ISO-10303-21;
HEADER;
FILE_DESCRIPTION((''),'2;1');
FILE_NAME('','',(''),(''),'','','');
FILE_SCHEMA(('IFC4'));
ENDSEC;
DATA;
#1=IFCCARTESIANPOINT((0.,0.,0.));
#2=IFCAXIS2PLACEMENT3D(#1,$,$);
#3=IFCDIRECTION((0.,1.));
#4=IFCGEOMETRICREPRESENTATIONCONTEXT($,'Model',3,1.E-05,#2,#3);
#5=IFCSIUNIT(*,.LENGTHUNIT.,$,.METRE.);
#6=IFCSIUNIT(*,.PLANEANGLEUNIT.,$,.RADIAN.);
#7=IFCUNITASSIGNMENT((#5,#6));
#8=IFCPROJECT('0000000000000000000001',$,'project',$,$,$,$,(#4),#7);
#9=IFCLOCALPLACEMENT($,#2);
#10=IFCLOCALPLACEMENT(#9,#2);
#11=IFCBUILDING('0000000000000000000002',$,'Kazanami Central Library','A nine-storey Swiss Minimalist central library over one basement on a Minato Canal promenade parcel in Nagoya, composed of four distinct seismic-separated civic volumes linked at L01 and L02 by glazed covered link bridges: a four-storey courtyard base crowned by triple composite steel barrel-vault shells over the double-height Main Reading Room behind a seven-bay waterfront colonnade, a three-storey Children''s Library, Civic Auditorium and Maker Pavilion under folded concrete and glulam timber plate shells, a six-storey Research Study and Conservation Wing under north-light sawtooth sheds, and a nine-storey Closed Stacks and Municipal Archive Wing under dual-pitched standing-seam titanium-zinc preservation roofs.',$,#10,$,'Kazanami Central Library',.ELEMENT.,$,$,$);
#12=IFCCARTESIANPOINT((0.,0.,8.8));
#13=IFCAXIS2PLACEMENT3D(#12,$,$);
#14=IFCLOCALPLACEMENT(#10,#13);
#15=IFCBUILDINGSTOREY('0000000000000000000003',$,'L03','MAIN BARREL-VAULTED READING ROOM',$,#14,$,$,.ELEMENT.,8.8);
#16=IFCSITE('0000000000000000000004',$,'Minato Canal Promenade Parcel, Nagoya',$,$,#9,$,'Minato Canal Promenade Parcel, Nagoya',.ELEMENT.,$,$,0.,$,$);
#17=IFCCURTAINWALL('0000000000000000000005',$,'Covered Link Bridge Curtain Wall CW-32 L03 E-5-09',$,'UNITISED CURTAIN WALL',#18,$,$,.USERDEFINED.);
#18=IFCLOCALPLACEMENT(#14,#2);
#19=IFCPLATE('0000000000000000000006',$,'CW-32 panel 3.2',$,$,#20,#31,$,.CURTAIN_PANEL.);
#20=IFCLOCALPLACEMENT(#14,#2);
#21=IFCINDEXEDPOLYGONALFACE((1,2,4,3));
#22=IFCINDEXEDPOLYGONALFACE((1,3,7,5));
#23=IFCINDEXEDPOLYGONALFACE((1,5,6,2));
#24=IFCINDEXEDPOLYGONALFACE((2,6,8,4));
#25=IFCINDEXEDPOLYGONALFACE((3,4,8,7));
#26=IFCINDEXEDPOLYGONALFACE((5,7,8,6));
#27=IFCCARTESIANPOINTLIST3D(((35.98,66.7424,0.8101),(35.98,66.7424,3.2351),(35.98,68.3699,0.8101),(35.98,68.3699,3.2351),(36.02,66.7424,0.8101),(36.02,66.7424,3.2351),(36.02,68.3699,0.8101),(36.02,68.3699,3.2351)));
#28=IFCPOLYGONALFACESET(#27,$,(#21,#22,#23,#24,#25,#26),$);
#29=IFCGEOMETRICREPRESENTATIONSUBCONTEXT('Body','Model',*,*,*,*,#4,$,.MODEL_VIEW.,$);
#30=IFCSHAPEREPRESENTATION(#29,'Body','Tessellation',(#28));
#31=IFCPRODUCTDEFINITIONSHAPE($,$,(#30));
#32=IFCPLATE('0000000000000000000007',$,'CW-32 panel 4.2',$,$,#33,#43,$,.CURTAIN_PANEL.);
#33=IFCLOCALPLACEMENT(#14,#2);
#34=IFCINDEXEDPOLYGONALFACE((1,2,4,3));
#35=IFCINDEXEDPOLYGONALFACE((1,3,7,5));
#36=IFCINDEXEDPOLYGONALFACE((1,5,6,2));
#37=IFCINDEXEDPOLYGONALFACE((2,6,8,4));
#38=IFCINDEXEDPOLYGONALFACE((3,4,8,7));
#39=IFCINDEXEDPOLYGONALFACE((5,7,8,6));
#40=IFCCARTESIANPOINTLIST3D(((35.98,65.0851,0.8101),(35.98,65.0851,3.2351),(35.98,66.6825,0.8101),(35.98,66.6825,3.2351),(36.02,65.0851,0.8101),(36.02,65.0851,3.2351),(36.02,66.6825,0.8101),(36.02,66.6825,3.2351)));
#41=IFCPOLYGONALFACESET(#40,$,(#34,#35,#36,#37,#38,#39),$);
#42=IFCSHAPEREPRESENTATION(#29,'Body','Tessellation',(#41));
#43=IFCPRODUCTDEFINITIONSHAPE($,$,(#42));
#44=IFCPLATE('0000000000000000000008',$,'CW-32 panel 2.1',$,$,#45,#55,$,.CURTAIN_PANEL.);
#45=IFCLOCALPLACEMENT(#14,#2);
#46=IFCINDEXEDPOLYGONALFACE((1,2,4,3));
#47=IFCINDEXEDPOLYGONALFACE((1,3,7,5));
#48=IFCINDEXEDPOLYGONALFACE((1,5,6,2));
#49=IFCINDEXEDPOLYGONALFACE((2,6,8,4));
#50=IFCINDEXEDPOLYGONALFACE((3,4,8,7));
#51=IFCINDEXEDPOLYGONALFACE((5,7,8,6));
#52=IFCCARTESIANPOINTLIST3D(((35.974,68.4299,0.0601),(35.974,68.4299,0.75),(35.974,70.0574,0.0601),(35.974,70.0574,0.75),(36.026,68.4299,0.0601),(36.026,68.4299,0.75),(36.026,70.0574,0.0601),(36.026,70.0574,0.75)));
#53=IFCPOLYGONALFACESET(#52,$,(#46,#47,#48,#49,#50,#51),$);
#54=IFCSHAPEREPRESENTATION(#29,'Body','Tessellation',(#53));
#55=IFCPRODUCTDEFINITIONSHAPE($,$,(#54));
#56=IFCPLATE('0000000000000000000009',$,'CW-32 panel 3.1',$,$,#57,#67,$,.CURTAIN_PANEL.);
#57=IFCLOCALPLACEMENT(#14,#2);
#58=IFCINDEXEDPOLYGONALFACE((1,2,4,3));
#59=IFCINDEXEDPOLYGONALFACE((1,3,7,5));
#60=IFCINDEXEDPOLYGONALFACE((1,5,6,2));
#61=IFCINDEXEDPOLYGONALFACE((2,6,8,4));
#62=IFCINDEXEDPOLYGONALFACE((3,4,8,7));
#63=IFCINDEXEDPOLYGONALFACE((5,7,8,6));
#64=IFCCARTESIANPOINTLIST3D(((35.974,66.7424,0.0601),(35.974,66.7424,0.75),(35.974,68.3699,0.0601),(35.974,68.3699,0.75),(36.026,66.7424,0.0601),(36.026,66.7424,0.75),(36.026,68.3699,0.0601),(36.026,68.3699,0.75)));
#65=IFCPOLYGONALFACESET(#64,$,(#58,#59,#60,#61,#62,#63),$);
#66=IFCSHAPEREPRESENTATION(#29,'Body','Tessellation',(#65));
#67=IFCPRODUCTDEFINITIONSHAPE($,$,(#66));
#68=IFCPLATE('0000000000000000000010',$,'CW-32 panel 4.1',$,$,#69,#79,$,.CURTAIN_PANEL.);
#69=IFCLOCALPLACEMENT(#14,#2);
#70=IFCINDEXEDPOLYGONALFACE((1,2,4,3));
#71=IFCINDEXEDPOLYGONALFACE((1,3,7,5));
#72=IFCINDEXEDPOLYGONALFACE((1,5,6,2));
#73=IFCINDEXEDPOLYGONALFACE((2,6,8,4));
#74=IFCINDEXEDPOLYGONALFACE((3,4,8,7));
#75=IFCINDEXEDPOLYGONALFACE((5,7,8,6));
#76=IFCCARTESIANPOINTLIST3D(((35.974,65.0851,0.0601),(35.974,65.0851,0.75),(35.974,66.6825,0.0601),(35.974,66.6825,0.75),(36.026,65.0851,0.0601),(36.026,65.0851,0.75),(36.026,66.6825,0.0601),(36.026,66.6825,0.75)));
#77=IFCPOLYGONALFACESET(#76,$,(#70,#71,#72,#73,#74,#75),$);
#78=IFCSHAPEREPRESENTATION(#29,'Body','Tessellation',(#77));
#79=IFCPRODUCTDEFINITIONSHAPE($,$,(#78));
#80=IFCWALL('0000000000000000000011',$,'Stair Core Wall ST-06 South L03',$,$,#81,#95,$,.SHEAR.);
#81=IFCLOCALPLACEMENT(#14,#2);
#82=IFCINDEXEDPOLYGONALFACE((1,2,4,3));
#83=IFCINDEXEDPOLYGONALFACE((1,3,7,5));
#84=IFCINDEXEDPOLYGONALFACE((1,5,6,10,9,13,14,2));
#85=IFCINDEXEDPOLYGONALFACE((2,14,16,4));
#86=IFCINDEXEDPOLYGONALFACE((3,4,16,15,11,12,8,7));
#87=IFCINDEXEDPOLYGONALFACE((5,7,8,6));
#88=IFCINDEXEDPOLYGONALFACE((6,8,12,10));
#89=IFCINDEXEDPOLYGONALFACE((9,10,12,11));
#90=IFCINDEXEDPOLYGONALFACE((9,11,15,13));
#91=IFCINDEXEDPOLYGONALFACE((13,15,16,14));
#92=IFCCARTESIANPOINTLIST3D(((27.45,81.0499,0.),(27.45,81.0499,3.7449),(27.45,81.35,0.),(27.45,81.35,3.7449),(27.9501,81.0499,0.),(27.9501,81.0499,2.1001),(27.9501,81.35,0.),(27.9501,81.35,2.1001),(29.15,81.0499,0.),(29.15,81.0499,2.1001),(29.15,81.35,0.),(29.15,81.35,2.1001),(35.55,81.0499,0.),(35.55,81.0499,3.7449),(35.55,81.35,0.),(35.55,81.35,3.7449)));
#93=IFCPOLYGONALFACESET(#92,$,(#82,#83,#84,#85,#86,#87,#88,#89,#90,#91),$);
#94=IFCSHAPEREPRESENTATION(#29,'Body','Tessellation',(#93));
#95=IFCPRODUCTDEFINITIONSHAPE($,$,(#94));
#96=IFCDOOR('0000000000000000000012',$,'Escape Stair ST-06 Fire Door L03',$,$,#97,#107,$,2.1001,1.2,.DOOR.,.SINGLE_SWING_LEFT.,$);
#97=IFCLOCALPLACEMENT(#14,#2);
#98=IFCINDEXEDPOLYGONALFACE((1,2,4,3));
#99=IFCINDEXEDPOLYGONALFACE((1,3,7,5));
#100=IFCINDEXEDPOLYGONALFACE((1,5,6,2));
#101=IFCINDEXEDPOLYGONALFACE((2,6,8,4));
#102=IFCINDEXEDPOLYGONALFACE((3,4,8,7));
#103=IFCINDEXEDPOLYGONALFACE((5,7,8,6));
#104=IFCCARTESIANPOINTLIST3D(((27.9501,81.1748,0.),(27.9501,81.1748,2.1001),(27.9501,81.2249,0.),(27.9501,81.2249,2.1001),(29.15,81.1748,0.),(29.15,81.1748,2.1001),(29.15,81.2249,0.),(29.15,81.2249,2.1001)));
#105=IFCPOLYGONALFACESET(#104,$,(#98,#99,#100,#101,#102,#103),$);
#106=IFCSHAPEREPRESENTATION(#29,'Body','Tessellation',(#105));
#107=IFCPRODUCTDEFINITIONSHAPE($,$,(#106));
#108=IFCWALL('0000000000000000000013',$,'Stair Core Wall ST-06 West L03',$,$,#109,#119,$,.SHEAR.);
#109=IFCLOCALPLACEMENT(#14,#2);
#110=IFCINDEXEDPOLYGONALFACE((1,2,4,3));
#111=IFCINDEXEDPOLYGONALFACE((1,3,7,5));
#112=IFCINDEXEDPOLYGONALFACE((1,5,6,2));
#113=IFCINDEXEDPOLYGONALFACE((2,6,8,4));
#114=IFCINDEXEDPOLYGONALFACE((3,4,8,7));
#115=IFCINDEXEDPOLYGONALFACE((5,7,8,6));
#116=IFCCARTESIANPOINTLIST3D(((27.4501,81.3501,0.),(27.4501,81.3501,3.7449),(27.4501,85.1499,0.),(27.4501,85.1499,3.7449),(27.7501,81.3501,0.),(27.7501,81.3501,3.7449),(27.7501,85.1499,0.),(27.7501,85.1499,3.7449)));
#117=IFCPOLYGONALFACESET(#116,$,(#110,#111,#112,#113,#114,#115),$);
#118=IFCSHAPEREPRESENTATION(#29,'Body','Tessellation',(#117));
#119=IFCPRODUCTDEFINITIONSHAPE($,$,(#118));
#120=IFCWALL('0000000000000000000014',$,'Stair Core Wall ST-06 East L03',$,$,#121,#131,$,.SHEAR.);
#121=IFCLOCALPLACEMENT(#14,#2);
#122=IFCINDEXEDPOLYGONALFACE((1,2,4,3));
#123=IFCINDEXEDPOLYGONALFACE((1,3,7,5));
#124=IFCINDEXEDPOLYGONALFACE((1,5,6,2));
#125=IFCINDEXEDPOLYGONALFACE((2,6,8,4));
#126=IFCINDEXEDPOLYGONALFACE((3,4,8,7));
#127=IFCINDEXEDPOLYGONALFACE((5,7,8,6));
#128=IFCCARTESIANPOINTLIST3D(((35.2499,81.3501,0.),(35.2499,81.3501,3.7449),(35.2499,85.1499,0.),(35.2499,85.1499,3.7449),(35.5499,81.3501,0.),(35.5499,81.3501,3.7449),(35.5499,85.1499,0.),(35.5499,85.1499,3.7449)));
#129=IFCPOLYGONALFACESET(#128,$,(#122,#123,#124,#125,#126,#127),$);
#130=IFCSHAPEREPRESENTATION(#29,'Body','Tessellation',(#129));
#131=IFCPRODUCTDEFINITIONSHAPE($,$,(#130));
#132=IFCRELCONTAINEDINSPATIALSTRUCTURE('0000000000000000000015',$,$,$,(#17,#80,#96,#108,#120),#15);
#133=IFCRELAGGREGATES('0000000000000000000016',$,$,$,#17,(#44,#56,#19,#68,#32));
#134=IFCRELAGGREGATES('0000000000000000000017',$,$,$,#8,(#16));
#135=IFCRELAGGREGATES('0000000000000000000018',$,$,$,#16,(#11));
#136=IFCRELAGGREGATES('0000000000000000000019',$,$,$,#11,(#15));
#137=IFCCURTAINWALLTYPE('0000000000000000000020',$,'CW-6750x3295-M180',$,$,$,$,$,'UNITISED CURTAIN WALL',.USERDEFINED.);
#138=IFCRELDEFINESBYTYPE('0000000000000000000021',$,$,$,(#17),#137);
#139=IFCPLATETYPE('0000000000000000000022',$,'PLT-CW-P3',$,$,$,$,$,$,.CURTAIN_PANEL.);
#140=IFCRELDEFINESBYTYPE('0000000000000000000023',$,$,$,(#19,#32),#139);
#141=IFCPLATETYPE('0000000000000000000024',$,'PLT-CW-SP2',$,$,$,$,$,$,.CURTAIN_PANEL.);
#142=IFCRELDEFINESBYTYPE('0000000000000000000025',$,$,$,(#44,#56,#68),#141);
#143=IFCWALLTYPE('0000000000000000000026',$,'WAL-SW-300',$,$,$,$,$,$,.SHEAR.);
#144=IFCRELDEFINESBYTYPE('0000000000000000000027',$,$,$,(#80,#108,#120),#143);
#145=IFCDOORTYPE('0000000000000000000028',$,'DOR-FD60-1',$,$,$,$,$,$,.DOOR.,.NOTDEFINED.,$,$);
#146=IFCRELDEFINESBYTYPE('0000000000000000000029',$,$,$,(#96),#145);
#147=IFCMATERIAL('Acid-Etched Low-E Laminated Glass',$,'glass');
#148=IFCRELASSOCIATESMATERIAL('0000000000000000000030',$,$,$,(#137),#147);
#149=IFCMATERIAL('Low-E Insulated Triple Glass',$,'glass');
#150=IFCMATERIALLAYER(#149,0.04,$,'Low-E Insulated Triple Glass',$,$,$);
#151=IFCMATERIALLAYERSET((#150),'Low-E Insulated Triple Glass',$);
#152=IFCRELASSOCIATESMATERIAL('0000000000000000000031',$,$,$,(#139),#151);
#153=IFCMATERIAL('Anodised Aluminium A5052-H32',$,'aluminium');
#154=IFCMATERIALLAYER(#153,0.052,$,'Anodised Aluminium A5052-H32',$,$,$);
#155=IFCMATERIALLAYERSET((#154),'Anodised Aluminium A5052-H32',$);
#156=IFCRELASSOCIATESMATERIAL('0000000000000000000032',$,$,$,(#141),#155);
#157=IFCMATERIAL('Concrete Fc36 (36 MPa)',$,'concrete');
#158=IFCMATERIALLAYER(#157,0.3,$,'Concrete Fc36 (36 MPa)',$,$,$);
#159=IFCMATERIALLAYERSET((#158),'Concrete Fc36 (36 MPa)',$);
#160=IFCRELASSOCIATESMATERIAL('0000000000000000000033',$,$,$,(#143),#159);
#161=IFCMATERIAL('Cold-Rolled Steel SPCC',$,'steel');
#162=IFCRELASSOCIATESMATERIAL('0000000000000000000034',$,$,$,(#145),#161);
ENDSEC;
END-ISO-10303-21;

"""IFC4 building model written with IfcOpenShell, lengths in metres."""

from ifc_helpers import new_model, si_unit, direction, frame, frame_2d, origin, origin_2d, place, context, subcontext, project, spatial, rectangle, extrude, material, layer, layer_set, type_object, element, fill, aggregate, save


model = new_model("IFC4")

# Units and contexts
model_context = context("Model", 3, precision=1e-05, world=origin(), true_north=direction((0.0, 1.0)))
body_context = subcontext(model_context, "Body", "Model", "MODEL_VIEW")
ifc_project = project(units=[si_unit("LENGTHUNIT", "METRE"), si_unit("PLANEANGLEUNIT", "RADIAN")], contexts=[model_context])

# Site, building, storey
site_placement = place(None, origin())
site = spatial("IfcSite", under=ifc_project, at=site_placement, Name="Minato Canal Promenade Parcel, Nagoya", LongName="Minato Canal Promenade Parcel, Nagoya", CompositionType="ELEMENT", RefElevation=0.0)
building_placement = place(site_placement, origin())
building = spatial("IfcBuilding", under=site, at=building_placement, Name="Kazanami Central Library", Description="A nine-storey Swiss Minimalist central library over one basement on a Minato Canal promenade parcel in Nagoya, composed of four distinct seismic-separated civic volumes linked at L01 and L02 by glazed covered link bridges: a four-storey courtyard base crowned by triple composite steel barrel-vault shells over the double-height Main Reading Room behind a seven-bay waterfront colonnade, a three-storey Children's Library, Civic Auditorium and Maker Pavilion under folded concrete and glulam timber plate shells, a six-storey Research Study and Conservation Wing under north-light sawtooth sheds, and a nine-storey Closed Stacks and Municipal Archive Wing under dual-pitched standing-seam titanium-zinc preservation roofs.", LongName="Kazanami Central Library", CompositionType="ELEMENT")
storey_placement = place(building_placement, frame((0.0, 0.0, 8.8)))
storey = spatial("IfcBuildingStorey", under=building, at=storey_placement, Name="L03", Description="MAIN BARREL-VAULTED READING ROOM", CompositionType="ELEMENT", Elevation=8.8)

# Curtain wall, plates
ifc_material_1 = material(Name="Acid-Etched Low-E Laminated Glass", Category="glass")
curtain_wall_type = type_object("IfcCurtainWallType", Name="CW-6750x3295-M180", ElementType="UNITISED CURTAIN WALL", PredefinedType="USERDEFINED", material=ifc_material_1)
curtain_wall_placement = place(storey_placement, origin())
curtain_wall = element("IfcCurtainWall", 1, at=curtain_wall_placement, inside=storey, type_object=curtain_wall_type, Name="Covered Link Bridge Curtain Wall CW-32 L03 E-5-09", ObjectType="UNITISED CURTAIN WALL", PredefinedType="USERDEFINED")
ifc_material_2 = material(Name="Low-E Insulated Triple Glass", Category="glass")
ifc_layer_1 = layer(ifc_material_2, 0.04, Name="Low-E Insulated Triple Glass")
ifc_layer_set_1 = layer_set([ifc_layer_1], Name="Low-E Insulated Triple Glass")
plate_type_1 = type_object("IfcPlateType", Name="PLT-CW-P3", PredefinedType="CURTAIN_PANEL", material=ifc_layer_set_1)
plate_1_placement = place(storey_placement, frame((36.0, 67.5562, 0.8101), z_axis=(0.0, 0.0, 1.0), x_axis=(0.0, -1.0, 0.0)))
plate_1 = element("IfcPlate", 2, at=plate_1_placement, type_object=plate_type_1, Name="CW-32 panel 3.2", PredefinedType="CURTAIN_PANEL", context=body_context, shape_type="SweptSolid", body=[
    extrude(rectangle(XDim=1.6274, YDim=0.04, at=origin_2d()), origin(), (0.0, 0.0, 1.0), 2.425),
])
plate_2_placement = place(storey_placement, frame((36.0, 65.8838, 0.8101), z_axis=(0.0, 0.0, 1.0), x_axis=(0.0, -1.0, 0.0)))
plate_2 = element("IfcPlate", 3, at=plate_2_placement, type_object=plate_type_1, Name="CW-32 panel 4.2", PredefinedType="CURTAIN_PANEL", context=body_context, shape_type="SweptSolid", body=[
    extrude(rectangle(XDim=1.5974, YDim=0.04, at=origin_2d()), origin(), (0.0, 0.0, 1.0), 2.425),
])
ifc_material_3 = material(Name="Anodised Aluminium A5052-H32", Category="aluminium")
ifc_layer_2 = layer(ifc_material_3, 0.052, Name="Anodised Aluminium A5052-H32")
ifc_layer_set_2 = layer_set([ifc_layer_2], Name="Anodised Aluminium A5052-H32")
plate_type_2 = type_object("IfcPlateType", Name="PLT-CW-SP2", PredefinedType="CURTAIN_PANEL", material=ifc_layer_set_2)
plate_3_placement = place(storey_placement, frame((36.0, 69.2437, 0.0601), z_axis=(0.0, 0.0, 1.0), x_axis=(0.0, -1.0, 0.0)))
plate_3 = element("IfcPlate", 4, at=plate_3_placement, type_object=plate_type_2, Name="CW-32 panel 2.1", PredefinedType="CURTAIN_PANEL", context=body_context, shape_type="SweptSolid", body=[
    extrude(rectangle(XDim=1.6274, YDim=0.052, at=origin_2d()), origin(), (0.0, 0.0, 1.0), 0.6899),
])
plate_4_placement = place(storey_placement, frame((36.0, 67.5562, 0.0601), z_axis=(0.0, 0.0, 1.0), x_axis=(0.0, -1.0, 0.0)))
plate_4 = element("IfcPlate", 5, at=plate_4_placement, type_object=plate_type_2, Name="CW-32 panel 3.1", PredefinedType="CURTAIN_PANEL", context=body_context, shape_type="SweptSolid", body=[
    extrude(rectangle(XDim=1.6274, YDim=0.052, at=origin_2d()), origin(), (0.0, 0.0, 1.0), 0.6899),
])
plate_5_placement = place(storey_placement, frame((36.0, 65.8838, 0.0601), z_axis=(0.0, 0.0, 1.0), x_axis=(0.0, -1.0, 0.0)))
plate_5 = element("IfcPlate", 6, at=plate_5_placement, type_object=plate_type_2, Name="CW-32 panel 4.1", PredefinedType="CURTAIN_PANEL", context=body_context, shape_type="SweptSolid", body=[
    extrude(rectangle(XDim=1.5974, YDim=0.052, at=origin_2d()), origin(), (0.0, 0.0, 1.0), 0.6899),
])
aggregate(curtain_wall, [plate_3, plate_4, plate_1, plate_5, plate_2])

# Wall, opening, door
ifc_material_4 = material(Name="Concrete Fc36 (36 MPa)", Category="concrete")
ifc_layer_3 = layer(ifc_material_4, 0.3, Name="Concrete Fc36 (36 MPa)")
ifc_layer_set_3 = layer_set([ifc_layer_3], Name="Concrete Fc36 (36 MPa)")
wall_type = type_object("IfcWallType", Name="WAL-SW-300", PredefinedType="SHEAR", material=ifc_layer_set_3)
wall_placement = place(storey_placement, frame((27.45, 81.2, 0.0), z_axis=(0.0, 0.0, 1.0), x_axis=(1.0, 0.0, 0.0)))
wall = element("IfcWall", 7, at=wall_placement, inside=storey, type_object=wall_type, Name="Stair Core Wall ST-06 South L03", PredefinedType="SHEAR", context=body_context, shape_type="SweptSolid", body=[
    extrude(rectangle(XDim=8.1001, YDim=0.3, at=frame_2d((4.05, 0.0))), origin(), (0.0, 0.0, 1.0), 3.7449),
])
opening_placement = place(wall_placement, frame((0.5, 0.0, 0.0)))
opening = element("IfcOpeningElement", 8, at=opening_placement, cuts=wall, PredefinedType="OPENING", context=body_context, shape_type="SweptSolid", body=[
    extrude(rectangle(XDim=1.2, YDim=2.1001, at=frame_2d((0.6001, 1.05))), frame((0.0, 0.1621, 0.0), z_axis=(0.0, -1.0, 0.0), x_axis=(1.0, 0.0, 0.0)), (0.0, 0.0, 1.0), 0.324),
])
ifc_material_5 = material(Name="Cold-Rolled Steel SPCC", Category="steel")
door_type = type_object("IfcDoorType", Name="DOR-FD60-1", OperationType="NOTDEFINED", PredefinedType="DOOR", material=ifc_material_5)
door_placement = place(opening_placement, origin())
door = element("IfcDoor", 9, at=door_placement, inside=storey, type_object=door_type, Name="Escape Stair ST-06 Fire Door L03", OperationType="SINGLE_SWING_LEFT", OverallHeight=2.1001, OverallWidth=1.2, PredefinedType="DOOR", context=body_context, shape_type="SweptSolid", body=[
    extrude(rectangle(XDim=1.2, YDim=2.1001, at=frame_2d((0.6001, 1.05))), frame((0.0, 0.0249, 0.0), z_axis=(0.0, -1.0, 0.0), x_axis=(1.0, 0.0, 0.0)), (0.0, 0.0, 1.0), 0.05),
])
fill(opening, door)

# Walls
for number, where, z_axis, x_axis, name in (
    (10, (27.6001, 81.3501, 0.0), (0.0, 0.0, 1.0), (0.0, 1.0, 0.0), "Stair Core Wall ST-06 West L03"),
    (11, (35.3999, 81.3501, 0.0), (0.0, 0.0, 1.0), (0.0, 1.0, 0.0), "Stair Core Wall ST-06 East L03"),
):
    element("IfcWall", number, at=place(storey_placement, frame(where, z_axis=z_axis, x_axis=x_axis)), inside=storey, type_object=wall_type, Name=name, PredefinedType="SHEAR", context=body_context, shape_type="SweptSolid", body=[
        extrude(rectangle(XDim=3.7998, YDim=0.3, at=frame_2d((1.8999, 0.0))), origin(), (0.0, 0.0, 1.0), 3.7449),
    ])

save(model, "model.ifc")
